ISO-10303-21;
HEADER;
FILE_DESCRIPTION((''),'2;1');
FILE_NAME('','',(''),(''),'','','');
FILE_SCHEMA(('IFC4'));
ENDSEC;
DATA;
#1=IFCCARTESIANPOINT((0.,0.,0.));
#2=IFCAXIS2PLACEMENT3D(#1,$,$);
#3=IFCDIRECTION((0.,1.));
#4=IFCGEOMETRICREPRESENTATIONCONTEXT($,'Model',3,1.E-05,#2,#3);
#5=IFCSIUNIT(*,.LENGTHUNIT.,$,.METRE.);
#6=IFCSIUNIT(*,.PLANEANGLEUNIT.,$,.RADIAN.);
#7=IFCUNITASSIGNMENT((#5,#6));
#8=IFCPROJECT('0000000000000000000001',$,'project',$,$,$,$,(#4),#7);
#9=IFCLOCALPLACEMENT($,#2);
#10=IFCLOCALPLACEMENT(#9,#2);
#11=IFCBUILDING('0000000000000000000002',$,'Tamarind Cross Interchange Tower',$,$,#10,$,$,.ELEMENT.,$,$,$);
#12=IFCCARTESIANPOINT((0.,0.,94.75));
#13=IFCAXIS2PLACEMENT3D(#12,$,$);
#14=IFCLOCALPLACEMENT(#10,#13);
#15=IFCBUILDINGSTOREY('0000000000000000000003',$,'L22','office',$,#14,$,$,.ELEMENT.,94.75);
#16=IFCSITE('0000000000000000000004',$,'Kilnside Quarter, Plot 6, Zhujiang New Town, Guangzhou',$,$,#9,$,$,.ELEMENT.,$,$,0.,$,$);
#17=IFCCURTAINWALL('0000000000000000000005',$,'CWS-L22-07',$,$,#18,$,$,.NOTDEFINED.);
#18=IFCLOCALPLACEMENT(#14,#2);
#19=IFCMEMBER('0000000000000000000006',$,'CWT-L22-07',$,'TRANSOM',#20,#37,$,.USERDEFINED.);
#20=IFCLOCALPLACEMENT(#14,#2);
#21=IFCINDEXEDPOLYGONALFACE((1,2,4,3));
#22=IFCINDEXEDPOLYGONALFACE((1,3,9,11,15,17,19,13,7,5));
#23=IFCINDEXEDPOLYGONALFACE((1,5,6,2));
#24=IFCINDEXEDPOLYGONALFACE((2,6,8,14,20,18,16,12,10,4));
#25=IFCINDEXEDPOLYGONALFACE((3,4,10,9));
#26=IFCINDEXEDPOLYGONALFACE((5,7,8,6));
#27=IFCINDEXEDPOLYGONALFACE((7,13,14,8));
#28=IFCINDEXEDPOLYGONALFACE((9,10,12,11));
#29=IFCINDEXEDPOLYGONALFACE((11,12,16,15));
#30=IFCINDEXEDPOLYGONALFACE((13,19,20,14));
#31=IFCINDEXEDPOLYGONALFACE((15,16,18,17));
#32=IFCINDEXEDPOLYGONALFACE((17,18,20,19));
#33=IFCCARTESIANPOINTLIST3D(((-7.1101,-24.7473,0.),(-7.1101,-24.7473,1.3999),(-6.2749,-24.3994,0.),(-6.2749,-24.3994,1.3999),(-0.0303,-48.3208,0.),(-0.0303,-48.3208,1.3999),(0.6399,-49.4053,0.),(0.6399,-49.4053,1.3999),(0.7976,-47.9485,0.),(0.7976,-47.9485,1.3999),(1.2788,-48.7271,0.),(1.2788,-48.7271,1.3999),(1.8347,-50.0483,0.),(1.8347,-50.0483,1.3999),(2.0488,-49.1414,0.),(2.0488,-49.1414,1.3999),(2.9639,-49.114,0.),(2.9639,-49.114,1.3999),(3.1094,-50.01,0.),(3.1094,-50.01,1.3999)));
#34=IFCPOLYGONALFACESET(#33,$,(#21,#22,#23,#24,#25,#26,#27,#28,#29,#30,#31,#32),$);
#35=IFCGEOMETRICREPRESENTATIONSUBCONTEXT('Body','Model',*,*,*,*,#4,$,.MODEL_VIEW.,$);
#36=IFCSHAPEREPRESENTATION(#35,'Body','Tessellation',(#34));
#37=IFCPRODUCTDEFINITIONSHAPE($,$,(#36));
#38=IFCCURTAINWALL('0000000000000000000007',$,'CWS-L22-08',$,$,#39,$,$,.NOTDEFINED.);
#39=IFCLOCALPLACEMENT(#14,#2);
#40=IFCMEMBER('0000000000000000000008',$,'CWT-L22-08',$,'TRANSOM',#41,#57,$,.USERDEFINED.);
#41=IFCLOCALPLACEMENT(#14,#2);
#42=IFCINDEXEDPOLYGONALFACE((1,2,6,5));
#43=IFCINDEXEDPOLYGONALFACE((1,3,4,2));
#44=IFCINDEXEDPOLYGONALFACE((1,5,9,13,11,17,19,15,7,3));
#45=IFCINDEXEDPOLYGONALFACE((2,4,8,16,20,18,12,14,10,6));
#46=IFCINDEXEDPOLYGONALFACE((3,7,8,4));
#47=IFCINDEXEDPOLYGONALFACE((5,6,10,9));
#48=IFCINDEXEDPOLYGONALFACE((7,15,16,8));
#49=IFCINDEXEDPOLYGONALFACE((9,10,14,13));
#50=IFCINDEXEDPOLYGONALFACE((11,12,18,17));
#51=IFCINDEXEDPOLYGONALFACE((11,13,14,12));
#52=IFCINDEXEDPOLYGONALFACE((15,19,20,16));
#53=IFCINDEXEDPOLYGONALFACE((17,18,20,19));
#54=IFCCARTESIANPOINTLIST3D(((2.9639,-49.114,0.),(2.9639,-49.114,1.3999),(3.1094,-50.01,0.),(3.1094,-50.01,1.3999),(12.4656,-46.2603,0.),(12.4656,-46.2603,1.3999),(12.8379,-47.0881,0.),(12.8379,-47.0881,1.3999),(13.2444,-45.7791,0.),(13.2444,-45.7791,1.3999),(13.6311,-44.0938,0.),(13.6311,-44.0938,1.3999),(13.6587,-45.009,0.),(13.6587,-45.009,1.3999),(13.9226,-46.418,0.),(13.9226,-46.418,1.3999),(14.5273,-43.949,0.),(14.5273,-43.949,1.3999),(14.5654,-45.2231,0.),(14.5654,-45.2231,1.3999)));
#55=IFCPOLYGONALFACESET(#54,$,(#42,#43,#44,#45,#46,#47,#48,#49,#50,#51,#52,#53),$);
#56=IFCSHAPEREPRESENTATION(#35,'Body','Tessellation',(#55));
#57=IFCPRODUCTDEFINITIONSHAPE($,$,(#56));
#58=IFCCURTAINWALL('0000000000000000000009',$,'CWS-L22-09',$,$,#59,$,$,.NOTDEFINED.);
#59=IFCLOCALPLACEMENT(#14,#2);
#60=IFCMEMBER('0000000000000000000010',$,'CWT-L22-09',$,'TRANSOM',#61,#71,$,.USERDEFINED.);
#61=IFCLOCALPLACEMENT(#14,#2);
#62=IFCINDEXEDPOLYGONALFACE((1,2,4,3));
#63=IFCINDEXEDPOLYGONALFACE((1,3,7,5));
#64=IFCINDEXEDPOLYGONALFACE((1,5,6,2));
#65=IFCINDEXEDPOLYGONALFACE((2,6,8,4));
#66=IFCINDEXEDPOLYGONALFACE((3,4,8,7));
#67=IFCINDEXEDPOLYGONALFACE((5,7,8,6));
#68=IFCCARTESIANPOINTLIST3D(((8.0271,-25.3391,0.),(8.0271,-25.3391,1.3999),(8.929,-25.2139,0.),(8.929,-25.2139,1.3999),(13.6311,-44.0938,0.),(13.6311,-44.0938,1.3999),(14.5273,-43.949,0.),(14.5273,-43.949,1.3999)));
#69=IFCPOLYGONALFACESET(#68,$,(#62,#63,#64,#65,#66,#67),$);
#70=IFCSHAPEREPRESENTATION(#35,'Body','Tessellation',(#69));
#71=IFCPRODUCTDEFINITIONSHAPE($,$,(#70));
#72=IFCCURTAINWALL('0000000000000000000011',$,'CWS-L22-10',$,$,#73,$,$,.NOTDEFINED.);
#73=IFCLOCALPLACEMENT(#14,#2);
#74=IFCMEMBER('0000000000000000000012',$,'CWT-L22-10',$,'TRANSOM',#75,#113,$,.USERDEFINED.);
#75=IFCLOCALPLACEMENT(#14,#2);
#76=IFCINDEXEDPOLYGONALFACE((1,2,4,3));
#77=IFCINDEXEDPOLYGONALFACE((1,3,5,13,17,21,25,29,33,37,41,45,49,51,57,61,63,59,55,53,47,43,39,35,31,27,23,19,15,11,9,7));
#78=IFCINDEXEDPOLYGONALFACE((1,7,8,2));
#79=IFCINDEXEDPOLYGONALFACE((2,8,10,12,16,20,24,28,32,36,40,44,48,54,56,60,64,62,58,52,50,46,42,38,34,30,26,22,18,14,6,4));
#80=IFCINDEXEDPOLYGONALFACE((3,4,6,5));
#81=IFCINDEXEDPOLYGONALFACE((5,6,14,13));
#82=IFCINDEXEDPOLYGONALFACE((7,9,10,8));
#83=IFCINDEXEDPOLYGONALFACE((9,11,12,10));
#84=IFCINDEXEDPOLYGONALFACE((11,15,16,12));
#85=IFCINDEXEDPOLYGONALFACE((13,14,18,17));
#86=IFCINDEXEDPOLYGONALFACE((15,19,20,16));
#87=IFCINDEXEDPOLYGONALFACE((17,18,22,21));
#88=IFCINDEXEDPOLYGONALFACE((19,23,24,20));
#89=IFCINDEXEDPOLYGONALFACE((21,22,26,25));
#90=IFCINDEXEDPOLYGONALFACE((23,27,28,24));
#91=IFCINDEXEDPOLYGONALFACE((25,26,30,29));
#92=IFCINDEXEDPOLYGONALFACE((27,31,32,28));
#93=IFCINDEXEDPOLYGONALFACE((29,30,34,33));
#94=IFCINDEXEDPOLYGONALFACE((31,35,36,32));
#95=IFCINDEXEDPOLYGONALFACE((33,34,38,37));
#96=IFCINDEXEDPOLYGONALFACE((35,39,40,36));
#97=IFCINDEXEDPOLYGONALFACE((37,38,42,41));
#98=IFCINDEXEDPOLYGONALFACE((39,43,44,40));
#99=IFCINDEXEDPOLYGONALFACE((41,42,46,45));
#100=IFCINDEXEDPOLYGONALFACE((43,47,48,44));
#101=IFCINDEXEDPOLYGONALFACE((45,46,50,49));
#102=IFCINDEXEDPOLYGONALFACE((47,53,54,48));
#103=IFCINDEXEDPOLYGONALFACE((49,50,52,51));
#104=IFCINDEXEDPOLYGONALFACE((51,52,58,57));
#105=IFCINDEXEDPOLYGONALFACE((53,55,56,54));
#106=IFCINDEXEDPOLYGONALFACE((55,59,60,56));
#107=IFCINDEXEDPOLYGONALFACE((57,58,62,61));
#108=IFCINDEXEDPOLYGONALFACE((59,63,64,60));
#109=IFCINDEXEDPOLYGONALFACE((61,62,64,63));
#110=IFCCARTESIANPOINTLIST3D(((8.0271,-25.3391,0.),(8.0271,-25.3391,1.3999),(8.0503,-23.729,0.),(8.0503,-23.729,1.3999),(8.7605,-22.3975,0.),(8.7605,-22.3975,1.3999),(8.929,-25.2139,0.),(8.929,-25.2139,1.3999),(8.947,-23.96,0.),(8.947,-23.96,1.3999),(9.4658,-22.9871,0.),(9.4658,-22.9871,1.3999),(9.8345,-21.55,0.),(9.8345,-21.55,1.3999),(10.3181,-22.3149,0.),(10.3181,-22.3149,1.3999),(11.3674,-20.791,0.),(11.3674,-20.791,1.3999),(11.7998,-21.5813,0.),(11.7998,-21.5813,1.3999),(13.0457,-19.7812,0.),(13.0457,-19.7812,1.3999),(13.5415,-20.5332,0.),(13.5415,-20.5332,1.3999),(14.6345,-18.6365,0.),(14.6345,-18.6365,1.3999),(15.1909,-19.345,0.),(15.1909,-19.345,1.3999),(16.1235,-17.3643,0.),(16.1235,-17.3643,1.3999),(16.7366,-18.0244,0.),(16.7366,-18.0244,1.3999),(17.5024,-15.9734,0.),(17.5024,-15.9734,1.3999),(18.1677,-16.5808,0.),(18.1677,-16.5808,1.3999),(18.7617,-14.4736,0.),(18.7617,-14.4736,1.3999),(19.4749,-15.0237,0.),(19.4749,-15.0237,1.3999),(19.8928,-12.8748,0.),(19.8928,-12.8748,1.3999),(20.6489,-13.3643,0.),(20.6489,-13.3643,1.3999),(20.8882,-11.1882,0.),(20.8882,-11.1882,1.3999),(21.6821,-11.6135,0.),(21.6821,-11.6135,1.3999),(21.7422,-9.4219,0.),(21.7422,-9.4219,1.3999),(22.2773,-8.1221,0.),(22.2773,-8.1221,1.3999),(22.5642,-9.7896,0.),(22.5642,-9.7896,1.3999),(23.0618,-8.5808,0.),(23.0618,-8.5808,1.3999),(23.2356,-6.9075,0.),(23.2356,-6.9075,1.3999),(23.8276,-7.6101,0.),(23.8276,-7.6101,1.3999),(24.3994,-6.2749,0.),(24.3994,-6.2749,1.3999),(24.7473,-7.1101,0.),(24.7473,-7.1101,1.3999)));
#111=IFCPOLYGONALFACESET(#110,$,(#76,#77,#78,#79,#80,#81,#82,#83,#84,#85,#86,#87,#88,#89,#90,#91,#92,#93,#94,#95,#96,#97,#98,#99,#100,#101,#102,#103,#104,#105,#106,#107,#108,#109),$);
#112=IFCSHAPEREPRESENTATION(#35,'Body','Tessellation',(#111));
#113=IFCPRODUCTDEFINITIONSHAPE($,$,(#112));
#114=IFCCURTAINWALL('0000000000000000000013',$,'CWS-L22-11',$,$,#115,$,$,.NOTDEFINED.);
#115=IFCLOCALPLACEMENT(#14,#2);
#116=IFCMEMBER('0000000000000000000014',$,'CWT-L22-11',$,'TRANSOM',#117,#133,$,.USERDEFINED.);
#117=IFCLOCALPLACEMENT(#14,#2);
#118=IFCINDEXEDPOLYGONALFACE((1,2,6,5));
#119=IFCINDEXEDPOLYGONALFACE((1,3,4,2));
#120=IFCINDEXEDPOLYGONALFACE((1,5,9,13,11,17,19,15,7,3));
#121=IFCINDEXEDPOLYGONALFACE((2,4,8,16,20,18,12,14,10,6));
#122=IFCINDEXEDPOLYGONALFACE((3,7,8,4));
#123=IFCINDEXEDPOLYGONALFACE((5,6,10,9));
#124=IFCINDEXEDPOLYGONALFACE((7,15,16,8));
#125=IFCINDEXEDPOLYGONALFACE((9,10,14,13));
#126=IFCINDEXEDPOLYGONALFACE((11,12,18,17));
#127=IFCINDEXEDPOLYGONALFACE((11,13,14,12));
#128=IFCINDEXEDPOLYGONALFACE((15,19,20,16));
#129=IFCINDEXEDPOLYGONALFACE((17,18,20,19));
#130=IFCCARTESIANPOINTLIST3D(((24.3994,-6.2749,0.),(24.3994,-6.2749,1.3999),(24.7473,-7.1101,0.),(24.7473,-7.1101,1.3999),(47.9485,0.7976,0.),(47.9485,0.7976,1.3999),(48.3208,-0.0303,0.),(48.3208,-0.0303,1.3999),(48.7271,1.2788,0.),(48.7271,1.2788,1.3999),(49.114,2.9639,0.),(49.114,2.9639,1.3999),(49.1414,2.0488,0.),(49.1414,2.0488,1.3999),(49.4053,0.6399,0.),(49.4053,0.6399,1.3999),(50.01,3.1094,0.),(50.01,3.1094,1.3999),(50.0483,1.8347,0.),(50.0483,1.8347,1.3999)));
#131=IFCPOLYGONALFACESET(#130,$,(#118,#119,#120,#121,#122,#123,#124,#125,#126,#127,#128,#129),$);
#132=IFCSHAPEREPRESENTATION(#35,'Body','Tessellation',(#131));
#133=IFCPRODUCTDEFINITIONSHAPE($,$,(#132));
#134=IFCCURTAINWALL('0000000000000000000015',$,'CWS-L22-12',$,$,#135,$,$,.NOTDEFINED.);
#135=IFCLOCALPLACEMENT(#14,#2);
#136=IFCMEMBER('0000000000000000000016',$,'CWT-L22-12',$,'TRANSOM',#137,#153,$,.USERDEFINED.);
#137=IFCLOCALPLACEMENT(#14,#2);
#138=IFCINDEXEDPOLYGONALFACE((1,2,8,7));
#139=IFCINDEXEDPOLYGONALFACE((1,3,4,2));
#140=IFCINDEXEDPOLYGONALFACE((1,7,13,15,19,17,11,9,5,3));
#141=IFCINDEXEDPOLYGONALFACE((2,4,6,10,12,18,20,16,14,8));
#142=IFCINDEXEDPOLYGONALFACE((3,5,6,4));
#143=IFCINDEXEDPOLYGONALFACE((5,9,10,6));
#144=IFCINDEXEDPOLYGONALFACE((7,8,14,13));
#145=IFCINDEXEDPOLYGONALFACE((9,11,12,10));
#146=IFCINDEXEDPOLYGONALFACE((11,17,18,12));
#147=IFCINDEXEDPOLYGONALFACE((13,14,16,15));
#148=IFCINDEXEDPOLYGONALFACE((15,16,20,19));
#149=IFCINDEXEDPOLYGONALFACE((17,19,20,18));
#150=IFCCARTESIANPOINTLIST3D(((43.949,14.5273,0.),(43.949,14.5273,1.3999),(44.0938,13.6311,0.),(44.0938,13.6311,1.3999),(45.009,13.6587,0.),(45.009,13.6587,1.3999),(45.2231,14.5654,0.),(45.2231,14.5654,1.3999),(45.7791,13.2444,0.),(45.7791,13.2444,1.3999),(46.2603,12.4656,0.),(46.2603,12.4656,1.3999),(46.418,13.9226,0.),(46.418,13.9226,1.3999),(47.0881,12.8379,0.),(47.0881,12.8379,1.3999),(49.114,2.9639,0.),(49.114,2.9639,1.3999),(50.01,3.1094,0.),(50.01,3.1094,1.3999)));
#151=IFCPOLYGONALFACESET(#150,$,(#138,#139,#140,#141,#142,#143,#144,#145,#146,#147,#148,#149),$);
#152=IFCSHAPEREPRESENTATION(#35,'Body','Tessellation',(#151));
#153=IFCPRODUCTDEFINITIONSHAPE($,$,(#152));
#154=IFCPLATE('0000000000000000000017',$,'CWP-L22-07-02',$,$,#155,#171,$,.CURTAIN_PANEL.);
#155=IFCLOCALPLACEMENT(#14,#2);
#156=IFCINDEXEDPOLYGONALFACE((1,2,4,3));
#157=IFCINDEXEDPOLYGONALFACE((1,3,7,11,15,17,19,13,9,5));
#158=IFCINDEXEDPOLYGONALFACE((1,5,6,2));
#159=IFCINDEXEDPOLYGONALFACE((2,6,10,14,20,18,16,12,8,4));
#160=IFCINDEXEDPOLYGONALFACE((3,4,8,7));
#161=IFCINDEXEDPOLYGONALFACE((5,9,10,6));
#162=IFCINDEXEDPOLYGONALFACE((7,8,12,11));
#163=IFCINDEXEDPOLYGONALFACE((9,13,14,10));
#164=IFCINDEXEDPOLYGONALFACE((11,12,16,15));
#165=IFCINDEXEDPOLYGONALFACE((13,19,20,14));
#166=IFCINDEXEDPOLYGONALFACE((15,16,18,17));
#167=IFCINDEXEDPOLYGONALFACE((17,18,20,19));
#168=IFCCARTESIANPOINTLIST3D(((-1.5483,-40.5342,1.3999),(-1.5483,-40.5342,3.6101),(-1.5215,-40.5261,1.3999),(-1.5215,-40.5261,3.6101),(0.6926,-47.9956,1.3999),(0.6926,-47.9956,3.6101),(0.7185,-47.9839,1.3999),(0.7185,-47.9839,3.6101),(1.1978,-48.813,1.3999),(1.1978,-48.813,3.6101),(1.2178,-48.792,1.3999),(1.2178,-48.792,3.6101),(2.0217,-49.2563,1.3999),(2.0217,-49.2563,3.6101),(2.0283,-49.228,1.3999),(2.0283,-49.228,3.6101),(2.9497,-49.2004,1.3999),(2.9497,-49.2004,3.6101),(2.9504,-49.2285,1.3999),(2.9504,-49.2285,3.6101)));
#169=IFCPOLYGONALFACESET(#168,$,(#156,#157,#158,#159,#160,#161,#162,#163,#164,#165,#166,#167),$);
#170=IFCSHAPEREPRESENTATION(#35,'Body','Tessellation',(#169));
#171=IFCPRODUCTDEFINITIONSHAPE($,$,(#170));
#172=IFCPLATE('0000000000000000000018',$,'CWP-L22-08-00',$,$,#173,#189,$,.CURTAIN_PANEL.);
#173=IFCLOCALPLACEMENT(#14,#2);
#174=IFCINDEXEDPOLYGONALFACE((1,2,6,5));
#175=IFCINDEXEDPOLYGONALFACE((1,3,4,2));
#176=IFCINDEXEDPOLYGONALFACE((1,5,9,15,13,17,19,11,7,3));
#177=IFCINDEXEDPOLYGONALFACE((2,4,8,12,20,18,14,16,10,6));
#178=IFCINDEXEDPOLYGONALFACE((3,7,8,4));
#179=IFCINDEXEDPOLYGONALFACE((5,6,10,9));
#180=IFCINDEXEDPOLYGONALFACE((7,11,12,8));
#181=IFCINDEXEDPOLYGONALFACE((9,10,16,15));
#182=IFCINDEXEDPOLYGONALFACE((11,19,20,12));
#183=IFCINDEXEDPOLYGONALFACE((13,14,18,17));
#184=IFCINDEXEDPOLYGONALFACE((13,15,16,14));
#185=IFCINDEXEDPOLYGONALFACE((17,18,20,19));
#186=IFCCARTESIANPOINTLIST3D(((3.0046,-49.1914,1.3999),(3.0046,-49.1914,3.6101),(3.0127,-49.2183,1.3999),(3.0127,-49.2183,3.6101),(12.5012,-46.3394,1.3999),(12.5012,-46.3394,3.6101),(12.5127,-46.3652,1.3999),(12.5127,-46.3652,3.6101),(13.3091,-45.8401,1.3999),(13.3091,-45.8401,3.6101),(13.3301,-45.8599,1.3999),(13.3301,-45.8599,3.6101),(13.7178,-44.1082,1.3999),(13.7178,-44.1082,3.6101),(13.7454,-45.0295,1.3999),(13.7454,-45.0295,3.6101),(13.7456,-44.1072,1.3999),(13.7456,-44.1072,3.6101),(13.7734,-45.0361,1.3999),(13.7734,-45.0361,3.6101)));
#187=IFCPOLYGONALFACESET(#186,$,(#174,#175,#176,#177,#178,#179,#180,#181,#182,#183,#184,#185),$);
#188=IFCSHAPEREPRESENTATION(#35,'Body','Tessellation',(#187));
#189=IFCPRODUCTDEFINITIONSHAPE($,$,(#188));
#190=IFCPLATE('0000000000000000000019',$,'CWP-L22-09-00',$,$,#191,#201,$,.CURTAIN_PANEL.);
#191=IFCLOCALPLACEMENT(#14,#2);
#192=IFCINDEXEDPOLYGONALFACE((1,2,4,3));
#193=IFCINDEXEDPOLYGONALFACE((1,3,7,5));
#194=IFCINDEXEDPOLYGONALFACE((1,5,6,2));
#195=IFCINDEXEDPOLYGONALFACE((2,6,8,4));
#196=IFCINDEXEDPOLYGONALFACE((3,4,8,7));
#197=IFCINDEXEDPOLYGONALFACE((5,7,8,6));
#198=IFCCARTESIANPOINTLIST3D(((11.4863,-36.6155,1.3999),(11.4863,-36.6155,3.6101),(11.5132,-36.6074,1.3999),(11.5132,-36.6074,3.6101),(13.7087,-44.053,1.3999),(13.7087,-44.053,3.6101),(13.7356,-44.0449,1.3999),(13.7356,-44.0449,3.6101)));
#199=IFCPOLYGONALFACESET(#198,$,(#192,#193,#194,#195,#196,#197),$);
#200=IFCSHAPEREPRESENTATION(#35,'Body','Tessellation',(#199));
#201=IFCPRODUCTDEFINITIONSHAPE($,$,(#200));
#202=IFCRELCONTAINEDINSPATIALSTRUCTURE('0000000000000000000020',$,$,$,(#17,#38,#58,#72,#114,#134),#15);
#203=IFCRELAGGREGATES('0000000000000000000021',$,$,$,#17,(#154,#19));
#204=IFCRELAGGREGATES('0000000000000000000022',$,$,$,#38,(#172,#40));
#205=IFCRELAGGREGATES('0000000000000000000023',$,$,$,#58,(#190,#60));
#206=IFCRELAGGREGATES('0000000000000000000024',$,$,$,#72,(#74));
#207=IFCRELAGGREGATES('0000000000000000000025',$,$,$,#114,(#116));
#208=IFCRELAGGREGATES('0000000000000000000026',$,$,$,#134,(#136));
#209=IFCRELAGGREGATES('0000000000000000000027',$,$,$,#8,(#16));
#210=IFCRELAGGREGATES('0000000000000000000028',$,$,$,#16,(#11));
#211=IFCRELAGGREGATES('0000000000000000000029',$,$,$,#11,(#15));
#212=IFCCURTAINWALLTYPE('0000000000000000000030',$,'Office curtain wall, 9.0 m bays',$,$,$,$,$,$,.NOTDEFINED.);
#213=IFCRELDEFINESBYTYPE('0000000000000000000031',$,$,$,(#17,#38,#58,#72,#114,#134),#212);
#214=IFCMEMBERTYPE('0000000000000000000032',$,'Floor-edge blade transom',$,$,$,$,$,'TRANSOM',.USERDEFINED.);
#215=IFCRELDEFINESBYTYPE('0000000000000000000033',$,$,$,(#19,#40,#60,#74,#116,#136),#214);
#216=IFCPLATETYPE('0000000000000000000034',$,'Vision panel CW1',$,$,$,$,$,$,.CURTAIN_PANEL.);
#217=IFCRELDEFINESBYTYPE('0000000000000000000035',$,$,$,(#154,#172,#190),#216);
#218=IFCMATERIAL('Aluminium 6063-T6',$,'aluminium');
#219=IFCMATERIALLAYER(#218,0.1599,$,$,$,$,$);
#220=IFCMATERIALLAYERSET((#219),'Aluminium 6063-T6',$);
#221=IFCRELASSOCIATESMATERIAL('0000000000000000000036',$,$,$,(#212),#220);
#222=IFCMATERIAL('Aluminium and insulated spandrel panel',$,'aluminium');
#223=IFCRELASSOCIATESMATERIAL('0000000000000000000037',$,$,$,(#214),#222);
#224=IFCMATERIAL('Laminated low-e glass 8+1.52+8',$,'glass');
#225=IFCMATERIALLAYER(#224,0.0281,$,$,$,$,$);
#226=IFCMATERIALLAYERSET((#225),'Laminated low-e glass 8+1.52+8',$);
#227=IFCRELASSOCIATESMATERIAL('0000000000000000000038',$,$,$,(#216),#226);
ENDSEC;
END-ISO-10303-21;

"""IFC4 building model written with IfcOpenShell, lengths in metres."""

from ifc_helpers import new_model, si_unit, direction, frame, origin, place, context, subcontext, project, spatial, polyline, outline, extrude, material, layer, layer_set, type_object, element, aggregate, save


model = new_model("IFC4")

# Units and contexts
model_context = context("Model", 3, precision=1e-05, world=origin(), true_north=direction((0.0, 1.0)))
body_context = subcontext(model_context, "Body", "Model", "MODEL_VIEW")
ifc_project = project(units=[si_unit("LENGTHUNIT", "METRE"), si_unit("PLANEANGLEUNIT", "RADIAN")], contexts=[model_context])

# Site, building, storey
site_placement = place(None, origin())
site = spatial("IfcSite", under=ifc_project, at=site_placement, Name="Kilnside Quarter, Plot 6, Zhujiang New Town, Guangzhou", CompositionType="ELEMENT", RefElevation=0.0)
building_placement = place(site_placement, origin())
building = spatial("IfcBuilding", under=site, at=building_placement, Name="Tamarind Cross Interchange Tower", CompositionType="ELEMENT")
storey_placement = place(building_placement, frame((0.0, 0.0, 94.75)))
storey = spatial("IfcBuildingStorey", under=building, at=storey_placement, Name="L22", Description="office", CompositionType="ELEMENT", Elevation=94.75)

# Curtain walls, members
ifc_material_1 = material(Name="Aluminium 6063-T6", Category="aluminium")
ifc_layer_1 = layer(ifc_material_1, 0.1599)
ifc_layer_set_1 = layer_set([ifc_layer_1], Name="Aluminium 6063-T6")
curtain_wall_type = type_object("IfcCurtainWallType", Name="Office curtain wall, 9.0 m bays", PredefinedType="NOTDEFINED", material=ifc_layer_set_1)
curtain_wall_1_placement = place(storey_placement, origin())
curtain_wall_1 = element("IfcCurtainWall", 1, at=curtain_wall_1_placement, inside=storey, type_object=curtain_wall_type, Name="CWS-L22-07", PredefinedType="NOTDEFINED")
ifc_material_2 = material(Name="Aluminium and insulated spandrel panel", Category="aluminium")
member_type = type_object("IfcMemberType", Name="Floor-edge blade transom", ElementType="TRANSOM", PredefinedType="USERDEFINED", material=ifc_material_2)
member_1_placement = place(storey_placement, origin())
member_1 = element("IfcMember", 2, at=member_1_placement, type_object=member_type, Name="CWT-L22-07", ObjectType="TRANSOM", PredefinedType="USERDEFINED", context=body_context, shape_type="SweptSolid", body=[
    extrude(outline(polyline([(-6.2749, -24.3994), (0.7976, -47.9485), (1.2788, -48.7271), (2.0488, -49.1414), (2.9639, -49.114), (3.1094, -50.01), (1.8347, -50.0483), (0.6399, -49.4053), (-0.0303, -48.3208), (-7.1101, -24.7473), (-6.2749, -24.3994)])), origin(), (0.0, 0.0, 1.0), 1.3999),
])
curtain_wall_2_placement = place(storey_placement, origin())
curtain_wall_2 = element("IfcCurtainWall", 3, at=curtain_wall_2_placement, inside=storey, type_object=curtain_wall_type, Name="CWS-L22-08", PredefinedType="NOTDEFINED")
member_2_placement = place(storey_placement, origin())
member_2 = element("IfcMember", 4, at=member_2_placement, type_object=member_type, Name="CWT-L22-08", ObjectType="TRANSOM", PredefinedType="USERDEFINED", context=body_context, shape_type="SweptSolid", body=[
    extrude(outline(polyline([(2.9639, -49.114), (12.4656, -46.2603), (13.2444, -45.7791), (13.6587, -45.009), (13.6311, -44.0938), (14.5273, -43.949), (14.5654, -45.2231), (13.9226, -46.418), (12.8379, -47.0881), (3.1094, -50.01), (2.9639, -49.114)])), origin(), (0.0, 0.0, 1.0), 1.3999),
])
curtain_wall_3_placement = place(storey_placement, origin())
curtain_wall_3 = element("IfcCurtainWall", 5, at=curtain_wall_3_placement, inside=storey, type_object=curtain_wall_type, Name="CWS-L22-09", PredefinedType="NOTDEFINED")
member_3_placement = place(storey_placement, origin())
member_3 = element("IfcMember", 6, at=member_3_placement, type_object=member_type, Name="CWT-L22-09", ObjectType="TRANSOM", PredefinedType="USERDEFINED", context=body_context, shape_type="SweptSolid", body=[
    extrude(outline(polyline([(13.6311, -44.0938), (8.0271, -25.3391), (8.929, -25.2139), (14.5273, -43.949), (13.6311, -44.0938)])), origin(), (0.0, 0.0, 1.0), 1.3999),
])
curtain_wall_4_placement = place(storey_placement, origin())
curtain_wall_4 = element("IfcCurtainWall", 7, at=curtain_wall_4_placement, inside=storey, type_object=curtain_wall_type, Name="CWS-L22-10", PredefinedType="NOTDEFINED")
member_4_placement = place(storey_placement, origin())
member_4 = element("IfcMember", 8, at=member_4_placement, type_object=member_type, Name="CWT-L22-10", ObjectType="TRANSOM", PredefinedType="USERDEFINED", context=body_context, shape_type="SweptSolid", body=[
    extrude(outline(polyline([(8.0271, -25.3391), (8.0503, -23.729), (8.7605, -22.3975), (9.8345, -21.55), (11.3674, -20.791), (13.0457, -19.7812), (14.6345, -18.6365), (16.1235, -17.3643), (17.5024, -15.9734), (18.7617, -14.4736), (19.8928, -12.8748), (20.8882, -11.1882), (21.7422, -9.4219), (22.2773, -8.1221), (23.2356, -6.9075), (24.3994, -6.2749), (24.7473, -7.1101), (23.8276, -7.6101), (23.0618, -8.5808), (22.5642, -9.7896), (21.6821, -11.6135), (20.6489, -13.3643), (19.4749, -15.0237), (18.1677, -16.5808), (16.7366, -18.0244), (15.1909, -19.345), (13.5415, -20.5332), (11.7998, -21.5813), (10.3181, -22.3149), (9.4658, -22.9871), (8.947, -23.96), (8.929, -25.2139), (8.0271, -25.3391)])), origin(), (0.0, 0.0, 1.0), 1.3999),
])
curtain_wall_5_placement = place(storey_placement, origin())
curtain_wall_5 = element("IfcCurtainWall", 9, at=curtain_wall_5_placement, inside=storey, type_object=curtain_wall_type, Name="CWS-L22-11", PredefinedType="NOTDEFINED")
member_5_placement = place(storey_placement, origin())
member_5 = element("IfcMember", 10, at=member_5_placement, type_object=member_type, Name="CWT-L22-11", ObjectType="TRANSOM", PredefinedType="USERDEFINED", context=body_context, shape_type="SweptSolid", body=[
    extrude(outline(polyline([(24.3994, -6.2749), (47.9485, 0.7976), (48.7271, 1.2788), (49.1414, 2.0488), (49.114, 2.9639), (50.01, 3.1094), (50.0483, 1.8347), (49.4053, 0.6399), (48.3208, -0.0303), (24.7473, -7.1101), (24.3994, -6.2749)])), origin(), (0.0, 0.0, 1.0), 1.3999),
])
curtain_wall_6_placement = place(storey_placement, origin())
curtain_wall_6 = element("IfcCurtainWall", 11, at=curtain_wall_6_placement, inside=storey, type_object=curtain_wall_type, Name="CWS-L22-12", PredefinedType="NOTDEFINED")
member_6_placement = place(storey_placement, origin())
member_6 = element("IfcMember", 12, at=member_6_placement, type_object=member_type, Name="CWT-L22-12", ObjectType="TRANSOM", PredefinedType="USERDEFINED", context=body_context, shape_type="SweptSolid", body=[
    extrude(outline(polyline([(49.114, 2.9639), (46.2603, 12.4656), (45.7791, 13.2444), (45.009, 13.6587), (44.0938, 13.6311), (43.949, 14.5273), (45.2231, 14.5654), (46.418, 13.9226), (47.0881, 12.8379), (50.01, 3.1094), (49.114, 2.9639)])), origin(), (0.0, 0.0, 1.0), 1.3999),
])

# Plates
ifc_material_3 = material(Name="Laminated low-e glass 8+1.52+8", Category="glass")
ifc_layer_2 = layer(ifc_material_3, 0.0281)
ifc_layer_set_2 = layer_set([ifc_layer_2], Name="Laminated low-e glass 8+1.52+8")
plate_type = type_object("IfcPlateType", Name="Vision panel CW1", PredefinedType="CURTAIN_PANEL", material=ifc_layer_set_2)
plate_1_placement = place(storey_placement, frame((0.0, 0.0, 1.3999)))
plate_1 = element("IfcPlate", 13, at=plate_1_placement, type_object=plate_type, Name="CWP-L22-07-02", PredefinedType="CURTAIN_PANEL", context=body_context, shape_type="SweptSolid", body=[
    extrude(outline(polyline([(-1.5215, -40.5261), (0.7185, -47.9839), (1.2178, -48.792), (2.0283, -49.228), (2.9497, -49.2004), (2.9504, -49.2285), (2.0217, -49.2563), (1.1978, -48.813), (0.6926, -47.9956), (-1.5483, -40.5342), (-1.5215, -40.5261)])), origin(), (0.0, 0.0, 1.0), 2.2102),
])
aggregate(curtain_wall_1, [plate_1, member_1])
plate_2_placement = place(storey_placement, frame((0.0, 0.0, 1.3999)))
plate_2 = element("IfcPlate", 14, at=plate_2_placement, type_object=plate_type, Name="CWP-L22-08-00", PredefinedType="CURTAIN_PANEL", context=body_context, shape_type="SweptSolid", body=[
    extrude(outline(polyline([(3.0046, -49.1914), (12.5012, -46.3394), (13.3091, -45.8401), (13.7454, -45.0295), (13.7178, -44.1082), (13.7456, -44.1072), (13.7734, -45.0361), (13.3301, -45.8599), (12.5127, -46.3652), (3.0127, -49.2183), (3.0046, -49.1914)])), origin(), (0.0, 0.0, 1.0), 2.2102),
])
aggregate(curtain_wall_2, [plate_2, member_2])
plate_3_placement = place(storey_placement, frame((0.0, 0.0, 1.3999)))
plate_3 = element("IfcPlate", 15, at=plate_3_placement, type_object=plate_type, Name="CWP-L22-09-00", PredefinedType="CURTAIN_PANEL", context=body_context, shape_type="SweptSolid", body=[
    extrude(outline(polyline([(13.7087, -44.053), (11.4863, -36.6155), (11.5132, -36.6074), (13.7356, -44.0449), (13.7087, -44.053)])), origin(), (0.0, 0.0, 1.0), 2.2102),
])
aggregate(curtain_wall_3, [plate_3, member_3])
aggregate(curtain_wall_4, [member_4])
aggregate(curtain_wall_5, [member_5])
aggregate(curtain_wall_6, [member_6])

save(model, "model.ifc")
